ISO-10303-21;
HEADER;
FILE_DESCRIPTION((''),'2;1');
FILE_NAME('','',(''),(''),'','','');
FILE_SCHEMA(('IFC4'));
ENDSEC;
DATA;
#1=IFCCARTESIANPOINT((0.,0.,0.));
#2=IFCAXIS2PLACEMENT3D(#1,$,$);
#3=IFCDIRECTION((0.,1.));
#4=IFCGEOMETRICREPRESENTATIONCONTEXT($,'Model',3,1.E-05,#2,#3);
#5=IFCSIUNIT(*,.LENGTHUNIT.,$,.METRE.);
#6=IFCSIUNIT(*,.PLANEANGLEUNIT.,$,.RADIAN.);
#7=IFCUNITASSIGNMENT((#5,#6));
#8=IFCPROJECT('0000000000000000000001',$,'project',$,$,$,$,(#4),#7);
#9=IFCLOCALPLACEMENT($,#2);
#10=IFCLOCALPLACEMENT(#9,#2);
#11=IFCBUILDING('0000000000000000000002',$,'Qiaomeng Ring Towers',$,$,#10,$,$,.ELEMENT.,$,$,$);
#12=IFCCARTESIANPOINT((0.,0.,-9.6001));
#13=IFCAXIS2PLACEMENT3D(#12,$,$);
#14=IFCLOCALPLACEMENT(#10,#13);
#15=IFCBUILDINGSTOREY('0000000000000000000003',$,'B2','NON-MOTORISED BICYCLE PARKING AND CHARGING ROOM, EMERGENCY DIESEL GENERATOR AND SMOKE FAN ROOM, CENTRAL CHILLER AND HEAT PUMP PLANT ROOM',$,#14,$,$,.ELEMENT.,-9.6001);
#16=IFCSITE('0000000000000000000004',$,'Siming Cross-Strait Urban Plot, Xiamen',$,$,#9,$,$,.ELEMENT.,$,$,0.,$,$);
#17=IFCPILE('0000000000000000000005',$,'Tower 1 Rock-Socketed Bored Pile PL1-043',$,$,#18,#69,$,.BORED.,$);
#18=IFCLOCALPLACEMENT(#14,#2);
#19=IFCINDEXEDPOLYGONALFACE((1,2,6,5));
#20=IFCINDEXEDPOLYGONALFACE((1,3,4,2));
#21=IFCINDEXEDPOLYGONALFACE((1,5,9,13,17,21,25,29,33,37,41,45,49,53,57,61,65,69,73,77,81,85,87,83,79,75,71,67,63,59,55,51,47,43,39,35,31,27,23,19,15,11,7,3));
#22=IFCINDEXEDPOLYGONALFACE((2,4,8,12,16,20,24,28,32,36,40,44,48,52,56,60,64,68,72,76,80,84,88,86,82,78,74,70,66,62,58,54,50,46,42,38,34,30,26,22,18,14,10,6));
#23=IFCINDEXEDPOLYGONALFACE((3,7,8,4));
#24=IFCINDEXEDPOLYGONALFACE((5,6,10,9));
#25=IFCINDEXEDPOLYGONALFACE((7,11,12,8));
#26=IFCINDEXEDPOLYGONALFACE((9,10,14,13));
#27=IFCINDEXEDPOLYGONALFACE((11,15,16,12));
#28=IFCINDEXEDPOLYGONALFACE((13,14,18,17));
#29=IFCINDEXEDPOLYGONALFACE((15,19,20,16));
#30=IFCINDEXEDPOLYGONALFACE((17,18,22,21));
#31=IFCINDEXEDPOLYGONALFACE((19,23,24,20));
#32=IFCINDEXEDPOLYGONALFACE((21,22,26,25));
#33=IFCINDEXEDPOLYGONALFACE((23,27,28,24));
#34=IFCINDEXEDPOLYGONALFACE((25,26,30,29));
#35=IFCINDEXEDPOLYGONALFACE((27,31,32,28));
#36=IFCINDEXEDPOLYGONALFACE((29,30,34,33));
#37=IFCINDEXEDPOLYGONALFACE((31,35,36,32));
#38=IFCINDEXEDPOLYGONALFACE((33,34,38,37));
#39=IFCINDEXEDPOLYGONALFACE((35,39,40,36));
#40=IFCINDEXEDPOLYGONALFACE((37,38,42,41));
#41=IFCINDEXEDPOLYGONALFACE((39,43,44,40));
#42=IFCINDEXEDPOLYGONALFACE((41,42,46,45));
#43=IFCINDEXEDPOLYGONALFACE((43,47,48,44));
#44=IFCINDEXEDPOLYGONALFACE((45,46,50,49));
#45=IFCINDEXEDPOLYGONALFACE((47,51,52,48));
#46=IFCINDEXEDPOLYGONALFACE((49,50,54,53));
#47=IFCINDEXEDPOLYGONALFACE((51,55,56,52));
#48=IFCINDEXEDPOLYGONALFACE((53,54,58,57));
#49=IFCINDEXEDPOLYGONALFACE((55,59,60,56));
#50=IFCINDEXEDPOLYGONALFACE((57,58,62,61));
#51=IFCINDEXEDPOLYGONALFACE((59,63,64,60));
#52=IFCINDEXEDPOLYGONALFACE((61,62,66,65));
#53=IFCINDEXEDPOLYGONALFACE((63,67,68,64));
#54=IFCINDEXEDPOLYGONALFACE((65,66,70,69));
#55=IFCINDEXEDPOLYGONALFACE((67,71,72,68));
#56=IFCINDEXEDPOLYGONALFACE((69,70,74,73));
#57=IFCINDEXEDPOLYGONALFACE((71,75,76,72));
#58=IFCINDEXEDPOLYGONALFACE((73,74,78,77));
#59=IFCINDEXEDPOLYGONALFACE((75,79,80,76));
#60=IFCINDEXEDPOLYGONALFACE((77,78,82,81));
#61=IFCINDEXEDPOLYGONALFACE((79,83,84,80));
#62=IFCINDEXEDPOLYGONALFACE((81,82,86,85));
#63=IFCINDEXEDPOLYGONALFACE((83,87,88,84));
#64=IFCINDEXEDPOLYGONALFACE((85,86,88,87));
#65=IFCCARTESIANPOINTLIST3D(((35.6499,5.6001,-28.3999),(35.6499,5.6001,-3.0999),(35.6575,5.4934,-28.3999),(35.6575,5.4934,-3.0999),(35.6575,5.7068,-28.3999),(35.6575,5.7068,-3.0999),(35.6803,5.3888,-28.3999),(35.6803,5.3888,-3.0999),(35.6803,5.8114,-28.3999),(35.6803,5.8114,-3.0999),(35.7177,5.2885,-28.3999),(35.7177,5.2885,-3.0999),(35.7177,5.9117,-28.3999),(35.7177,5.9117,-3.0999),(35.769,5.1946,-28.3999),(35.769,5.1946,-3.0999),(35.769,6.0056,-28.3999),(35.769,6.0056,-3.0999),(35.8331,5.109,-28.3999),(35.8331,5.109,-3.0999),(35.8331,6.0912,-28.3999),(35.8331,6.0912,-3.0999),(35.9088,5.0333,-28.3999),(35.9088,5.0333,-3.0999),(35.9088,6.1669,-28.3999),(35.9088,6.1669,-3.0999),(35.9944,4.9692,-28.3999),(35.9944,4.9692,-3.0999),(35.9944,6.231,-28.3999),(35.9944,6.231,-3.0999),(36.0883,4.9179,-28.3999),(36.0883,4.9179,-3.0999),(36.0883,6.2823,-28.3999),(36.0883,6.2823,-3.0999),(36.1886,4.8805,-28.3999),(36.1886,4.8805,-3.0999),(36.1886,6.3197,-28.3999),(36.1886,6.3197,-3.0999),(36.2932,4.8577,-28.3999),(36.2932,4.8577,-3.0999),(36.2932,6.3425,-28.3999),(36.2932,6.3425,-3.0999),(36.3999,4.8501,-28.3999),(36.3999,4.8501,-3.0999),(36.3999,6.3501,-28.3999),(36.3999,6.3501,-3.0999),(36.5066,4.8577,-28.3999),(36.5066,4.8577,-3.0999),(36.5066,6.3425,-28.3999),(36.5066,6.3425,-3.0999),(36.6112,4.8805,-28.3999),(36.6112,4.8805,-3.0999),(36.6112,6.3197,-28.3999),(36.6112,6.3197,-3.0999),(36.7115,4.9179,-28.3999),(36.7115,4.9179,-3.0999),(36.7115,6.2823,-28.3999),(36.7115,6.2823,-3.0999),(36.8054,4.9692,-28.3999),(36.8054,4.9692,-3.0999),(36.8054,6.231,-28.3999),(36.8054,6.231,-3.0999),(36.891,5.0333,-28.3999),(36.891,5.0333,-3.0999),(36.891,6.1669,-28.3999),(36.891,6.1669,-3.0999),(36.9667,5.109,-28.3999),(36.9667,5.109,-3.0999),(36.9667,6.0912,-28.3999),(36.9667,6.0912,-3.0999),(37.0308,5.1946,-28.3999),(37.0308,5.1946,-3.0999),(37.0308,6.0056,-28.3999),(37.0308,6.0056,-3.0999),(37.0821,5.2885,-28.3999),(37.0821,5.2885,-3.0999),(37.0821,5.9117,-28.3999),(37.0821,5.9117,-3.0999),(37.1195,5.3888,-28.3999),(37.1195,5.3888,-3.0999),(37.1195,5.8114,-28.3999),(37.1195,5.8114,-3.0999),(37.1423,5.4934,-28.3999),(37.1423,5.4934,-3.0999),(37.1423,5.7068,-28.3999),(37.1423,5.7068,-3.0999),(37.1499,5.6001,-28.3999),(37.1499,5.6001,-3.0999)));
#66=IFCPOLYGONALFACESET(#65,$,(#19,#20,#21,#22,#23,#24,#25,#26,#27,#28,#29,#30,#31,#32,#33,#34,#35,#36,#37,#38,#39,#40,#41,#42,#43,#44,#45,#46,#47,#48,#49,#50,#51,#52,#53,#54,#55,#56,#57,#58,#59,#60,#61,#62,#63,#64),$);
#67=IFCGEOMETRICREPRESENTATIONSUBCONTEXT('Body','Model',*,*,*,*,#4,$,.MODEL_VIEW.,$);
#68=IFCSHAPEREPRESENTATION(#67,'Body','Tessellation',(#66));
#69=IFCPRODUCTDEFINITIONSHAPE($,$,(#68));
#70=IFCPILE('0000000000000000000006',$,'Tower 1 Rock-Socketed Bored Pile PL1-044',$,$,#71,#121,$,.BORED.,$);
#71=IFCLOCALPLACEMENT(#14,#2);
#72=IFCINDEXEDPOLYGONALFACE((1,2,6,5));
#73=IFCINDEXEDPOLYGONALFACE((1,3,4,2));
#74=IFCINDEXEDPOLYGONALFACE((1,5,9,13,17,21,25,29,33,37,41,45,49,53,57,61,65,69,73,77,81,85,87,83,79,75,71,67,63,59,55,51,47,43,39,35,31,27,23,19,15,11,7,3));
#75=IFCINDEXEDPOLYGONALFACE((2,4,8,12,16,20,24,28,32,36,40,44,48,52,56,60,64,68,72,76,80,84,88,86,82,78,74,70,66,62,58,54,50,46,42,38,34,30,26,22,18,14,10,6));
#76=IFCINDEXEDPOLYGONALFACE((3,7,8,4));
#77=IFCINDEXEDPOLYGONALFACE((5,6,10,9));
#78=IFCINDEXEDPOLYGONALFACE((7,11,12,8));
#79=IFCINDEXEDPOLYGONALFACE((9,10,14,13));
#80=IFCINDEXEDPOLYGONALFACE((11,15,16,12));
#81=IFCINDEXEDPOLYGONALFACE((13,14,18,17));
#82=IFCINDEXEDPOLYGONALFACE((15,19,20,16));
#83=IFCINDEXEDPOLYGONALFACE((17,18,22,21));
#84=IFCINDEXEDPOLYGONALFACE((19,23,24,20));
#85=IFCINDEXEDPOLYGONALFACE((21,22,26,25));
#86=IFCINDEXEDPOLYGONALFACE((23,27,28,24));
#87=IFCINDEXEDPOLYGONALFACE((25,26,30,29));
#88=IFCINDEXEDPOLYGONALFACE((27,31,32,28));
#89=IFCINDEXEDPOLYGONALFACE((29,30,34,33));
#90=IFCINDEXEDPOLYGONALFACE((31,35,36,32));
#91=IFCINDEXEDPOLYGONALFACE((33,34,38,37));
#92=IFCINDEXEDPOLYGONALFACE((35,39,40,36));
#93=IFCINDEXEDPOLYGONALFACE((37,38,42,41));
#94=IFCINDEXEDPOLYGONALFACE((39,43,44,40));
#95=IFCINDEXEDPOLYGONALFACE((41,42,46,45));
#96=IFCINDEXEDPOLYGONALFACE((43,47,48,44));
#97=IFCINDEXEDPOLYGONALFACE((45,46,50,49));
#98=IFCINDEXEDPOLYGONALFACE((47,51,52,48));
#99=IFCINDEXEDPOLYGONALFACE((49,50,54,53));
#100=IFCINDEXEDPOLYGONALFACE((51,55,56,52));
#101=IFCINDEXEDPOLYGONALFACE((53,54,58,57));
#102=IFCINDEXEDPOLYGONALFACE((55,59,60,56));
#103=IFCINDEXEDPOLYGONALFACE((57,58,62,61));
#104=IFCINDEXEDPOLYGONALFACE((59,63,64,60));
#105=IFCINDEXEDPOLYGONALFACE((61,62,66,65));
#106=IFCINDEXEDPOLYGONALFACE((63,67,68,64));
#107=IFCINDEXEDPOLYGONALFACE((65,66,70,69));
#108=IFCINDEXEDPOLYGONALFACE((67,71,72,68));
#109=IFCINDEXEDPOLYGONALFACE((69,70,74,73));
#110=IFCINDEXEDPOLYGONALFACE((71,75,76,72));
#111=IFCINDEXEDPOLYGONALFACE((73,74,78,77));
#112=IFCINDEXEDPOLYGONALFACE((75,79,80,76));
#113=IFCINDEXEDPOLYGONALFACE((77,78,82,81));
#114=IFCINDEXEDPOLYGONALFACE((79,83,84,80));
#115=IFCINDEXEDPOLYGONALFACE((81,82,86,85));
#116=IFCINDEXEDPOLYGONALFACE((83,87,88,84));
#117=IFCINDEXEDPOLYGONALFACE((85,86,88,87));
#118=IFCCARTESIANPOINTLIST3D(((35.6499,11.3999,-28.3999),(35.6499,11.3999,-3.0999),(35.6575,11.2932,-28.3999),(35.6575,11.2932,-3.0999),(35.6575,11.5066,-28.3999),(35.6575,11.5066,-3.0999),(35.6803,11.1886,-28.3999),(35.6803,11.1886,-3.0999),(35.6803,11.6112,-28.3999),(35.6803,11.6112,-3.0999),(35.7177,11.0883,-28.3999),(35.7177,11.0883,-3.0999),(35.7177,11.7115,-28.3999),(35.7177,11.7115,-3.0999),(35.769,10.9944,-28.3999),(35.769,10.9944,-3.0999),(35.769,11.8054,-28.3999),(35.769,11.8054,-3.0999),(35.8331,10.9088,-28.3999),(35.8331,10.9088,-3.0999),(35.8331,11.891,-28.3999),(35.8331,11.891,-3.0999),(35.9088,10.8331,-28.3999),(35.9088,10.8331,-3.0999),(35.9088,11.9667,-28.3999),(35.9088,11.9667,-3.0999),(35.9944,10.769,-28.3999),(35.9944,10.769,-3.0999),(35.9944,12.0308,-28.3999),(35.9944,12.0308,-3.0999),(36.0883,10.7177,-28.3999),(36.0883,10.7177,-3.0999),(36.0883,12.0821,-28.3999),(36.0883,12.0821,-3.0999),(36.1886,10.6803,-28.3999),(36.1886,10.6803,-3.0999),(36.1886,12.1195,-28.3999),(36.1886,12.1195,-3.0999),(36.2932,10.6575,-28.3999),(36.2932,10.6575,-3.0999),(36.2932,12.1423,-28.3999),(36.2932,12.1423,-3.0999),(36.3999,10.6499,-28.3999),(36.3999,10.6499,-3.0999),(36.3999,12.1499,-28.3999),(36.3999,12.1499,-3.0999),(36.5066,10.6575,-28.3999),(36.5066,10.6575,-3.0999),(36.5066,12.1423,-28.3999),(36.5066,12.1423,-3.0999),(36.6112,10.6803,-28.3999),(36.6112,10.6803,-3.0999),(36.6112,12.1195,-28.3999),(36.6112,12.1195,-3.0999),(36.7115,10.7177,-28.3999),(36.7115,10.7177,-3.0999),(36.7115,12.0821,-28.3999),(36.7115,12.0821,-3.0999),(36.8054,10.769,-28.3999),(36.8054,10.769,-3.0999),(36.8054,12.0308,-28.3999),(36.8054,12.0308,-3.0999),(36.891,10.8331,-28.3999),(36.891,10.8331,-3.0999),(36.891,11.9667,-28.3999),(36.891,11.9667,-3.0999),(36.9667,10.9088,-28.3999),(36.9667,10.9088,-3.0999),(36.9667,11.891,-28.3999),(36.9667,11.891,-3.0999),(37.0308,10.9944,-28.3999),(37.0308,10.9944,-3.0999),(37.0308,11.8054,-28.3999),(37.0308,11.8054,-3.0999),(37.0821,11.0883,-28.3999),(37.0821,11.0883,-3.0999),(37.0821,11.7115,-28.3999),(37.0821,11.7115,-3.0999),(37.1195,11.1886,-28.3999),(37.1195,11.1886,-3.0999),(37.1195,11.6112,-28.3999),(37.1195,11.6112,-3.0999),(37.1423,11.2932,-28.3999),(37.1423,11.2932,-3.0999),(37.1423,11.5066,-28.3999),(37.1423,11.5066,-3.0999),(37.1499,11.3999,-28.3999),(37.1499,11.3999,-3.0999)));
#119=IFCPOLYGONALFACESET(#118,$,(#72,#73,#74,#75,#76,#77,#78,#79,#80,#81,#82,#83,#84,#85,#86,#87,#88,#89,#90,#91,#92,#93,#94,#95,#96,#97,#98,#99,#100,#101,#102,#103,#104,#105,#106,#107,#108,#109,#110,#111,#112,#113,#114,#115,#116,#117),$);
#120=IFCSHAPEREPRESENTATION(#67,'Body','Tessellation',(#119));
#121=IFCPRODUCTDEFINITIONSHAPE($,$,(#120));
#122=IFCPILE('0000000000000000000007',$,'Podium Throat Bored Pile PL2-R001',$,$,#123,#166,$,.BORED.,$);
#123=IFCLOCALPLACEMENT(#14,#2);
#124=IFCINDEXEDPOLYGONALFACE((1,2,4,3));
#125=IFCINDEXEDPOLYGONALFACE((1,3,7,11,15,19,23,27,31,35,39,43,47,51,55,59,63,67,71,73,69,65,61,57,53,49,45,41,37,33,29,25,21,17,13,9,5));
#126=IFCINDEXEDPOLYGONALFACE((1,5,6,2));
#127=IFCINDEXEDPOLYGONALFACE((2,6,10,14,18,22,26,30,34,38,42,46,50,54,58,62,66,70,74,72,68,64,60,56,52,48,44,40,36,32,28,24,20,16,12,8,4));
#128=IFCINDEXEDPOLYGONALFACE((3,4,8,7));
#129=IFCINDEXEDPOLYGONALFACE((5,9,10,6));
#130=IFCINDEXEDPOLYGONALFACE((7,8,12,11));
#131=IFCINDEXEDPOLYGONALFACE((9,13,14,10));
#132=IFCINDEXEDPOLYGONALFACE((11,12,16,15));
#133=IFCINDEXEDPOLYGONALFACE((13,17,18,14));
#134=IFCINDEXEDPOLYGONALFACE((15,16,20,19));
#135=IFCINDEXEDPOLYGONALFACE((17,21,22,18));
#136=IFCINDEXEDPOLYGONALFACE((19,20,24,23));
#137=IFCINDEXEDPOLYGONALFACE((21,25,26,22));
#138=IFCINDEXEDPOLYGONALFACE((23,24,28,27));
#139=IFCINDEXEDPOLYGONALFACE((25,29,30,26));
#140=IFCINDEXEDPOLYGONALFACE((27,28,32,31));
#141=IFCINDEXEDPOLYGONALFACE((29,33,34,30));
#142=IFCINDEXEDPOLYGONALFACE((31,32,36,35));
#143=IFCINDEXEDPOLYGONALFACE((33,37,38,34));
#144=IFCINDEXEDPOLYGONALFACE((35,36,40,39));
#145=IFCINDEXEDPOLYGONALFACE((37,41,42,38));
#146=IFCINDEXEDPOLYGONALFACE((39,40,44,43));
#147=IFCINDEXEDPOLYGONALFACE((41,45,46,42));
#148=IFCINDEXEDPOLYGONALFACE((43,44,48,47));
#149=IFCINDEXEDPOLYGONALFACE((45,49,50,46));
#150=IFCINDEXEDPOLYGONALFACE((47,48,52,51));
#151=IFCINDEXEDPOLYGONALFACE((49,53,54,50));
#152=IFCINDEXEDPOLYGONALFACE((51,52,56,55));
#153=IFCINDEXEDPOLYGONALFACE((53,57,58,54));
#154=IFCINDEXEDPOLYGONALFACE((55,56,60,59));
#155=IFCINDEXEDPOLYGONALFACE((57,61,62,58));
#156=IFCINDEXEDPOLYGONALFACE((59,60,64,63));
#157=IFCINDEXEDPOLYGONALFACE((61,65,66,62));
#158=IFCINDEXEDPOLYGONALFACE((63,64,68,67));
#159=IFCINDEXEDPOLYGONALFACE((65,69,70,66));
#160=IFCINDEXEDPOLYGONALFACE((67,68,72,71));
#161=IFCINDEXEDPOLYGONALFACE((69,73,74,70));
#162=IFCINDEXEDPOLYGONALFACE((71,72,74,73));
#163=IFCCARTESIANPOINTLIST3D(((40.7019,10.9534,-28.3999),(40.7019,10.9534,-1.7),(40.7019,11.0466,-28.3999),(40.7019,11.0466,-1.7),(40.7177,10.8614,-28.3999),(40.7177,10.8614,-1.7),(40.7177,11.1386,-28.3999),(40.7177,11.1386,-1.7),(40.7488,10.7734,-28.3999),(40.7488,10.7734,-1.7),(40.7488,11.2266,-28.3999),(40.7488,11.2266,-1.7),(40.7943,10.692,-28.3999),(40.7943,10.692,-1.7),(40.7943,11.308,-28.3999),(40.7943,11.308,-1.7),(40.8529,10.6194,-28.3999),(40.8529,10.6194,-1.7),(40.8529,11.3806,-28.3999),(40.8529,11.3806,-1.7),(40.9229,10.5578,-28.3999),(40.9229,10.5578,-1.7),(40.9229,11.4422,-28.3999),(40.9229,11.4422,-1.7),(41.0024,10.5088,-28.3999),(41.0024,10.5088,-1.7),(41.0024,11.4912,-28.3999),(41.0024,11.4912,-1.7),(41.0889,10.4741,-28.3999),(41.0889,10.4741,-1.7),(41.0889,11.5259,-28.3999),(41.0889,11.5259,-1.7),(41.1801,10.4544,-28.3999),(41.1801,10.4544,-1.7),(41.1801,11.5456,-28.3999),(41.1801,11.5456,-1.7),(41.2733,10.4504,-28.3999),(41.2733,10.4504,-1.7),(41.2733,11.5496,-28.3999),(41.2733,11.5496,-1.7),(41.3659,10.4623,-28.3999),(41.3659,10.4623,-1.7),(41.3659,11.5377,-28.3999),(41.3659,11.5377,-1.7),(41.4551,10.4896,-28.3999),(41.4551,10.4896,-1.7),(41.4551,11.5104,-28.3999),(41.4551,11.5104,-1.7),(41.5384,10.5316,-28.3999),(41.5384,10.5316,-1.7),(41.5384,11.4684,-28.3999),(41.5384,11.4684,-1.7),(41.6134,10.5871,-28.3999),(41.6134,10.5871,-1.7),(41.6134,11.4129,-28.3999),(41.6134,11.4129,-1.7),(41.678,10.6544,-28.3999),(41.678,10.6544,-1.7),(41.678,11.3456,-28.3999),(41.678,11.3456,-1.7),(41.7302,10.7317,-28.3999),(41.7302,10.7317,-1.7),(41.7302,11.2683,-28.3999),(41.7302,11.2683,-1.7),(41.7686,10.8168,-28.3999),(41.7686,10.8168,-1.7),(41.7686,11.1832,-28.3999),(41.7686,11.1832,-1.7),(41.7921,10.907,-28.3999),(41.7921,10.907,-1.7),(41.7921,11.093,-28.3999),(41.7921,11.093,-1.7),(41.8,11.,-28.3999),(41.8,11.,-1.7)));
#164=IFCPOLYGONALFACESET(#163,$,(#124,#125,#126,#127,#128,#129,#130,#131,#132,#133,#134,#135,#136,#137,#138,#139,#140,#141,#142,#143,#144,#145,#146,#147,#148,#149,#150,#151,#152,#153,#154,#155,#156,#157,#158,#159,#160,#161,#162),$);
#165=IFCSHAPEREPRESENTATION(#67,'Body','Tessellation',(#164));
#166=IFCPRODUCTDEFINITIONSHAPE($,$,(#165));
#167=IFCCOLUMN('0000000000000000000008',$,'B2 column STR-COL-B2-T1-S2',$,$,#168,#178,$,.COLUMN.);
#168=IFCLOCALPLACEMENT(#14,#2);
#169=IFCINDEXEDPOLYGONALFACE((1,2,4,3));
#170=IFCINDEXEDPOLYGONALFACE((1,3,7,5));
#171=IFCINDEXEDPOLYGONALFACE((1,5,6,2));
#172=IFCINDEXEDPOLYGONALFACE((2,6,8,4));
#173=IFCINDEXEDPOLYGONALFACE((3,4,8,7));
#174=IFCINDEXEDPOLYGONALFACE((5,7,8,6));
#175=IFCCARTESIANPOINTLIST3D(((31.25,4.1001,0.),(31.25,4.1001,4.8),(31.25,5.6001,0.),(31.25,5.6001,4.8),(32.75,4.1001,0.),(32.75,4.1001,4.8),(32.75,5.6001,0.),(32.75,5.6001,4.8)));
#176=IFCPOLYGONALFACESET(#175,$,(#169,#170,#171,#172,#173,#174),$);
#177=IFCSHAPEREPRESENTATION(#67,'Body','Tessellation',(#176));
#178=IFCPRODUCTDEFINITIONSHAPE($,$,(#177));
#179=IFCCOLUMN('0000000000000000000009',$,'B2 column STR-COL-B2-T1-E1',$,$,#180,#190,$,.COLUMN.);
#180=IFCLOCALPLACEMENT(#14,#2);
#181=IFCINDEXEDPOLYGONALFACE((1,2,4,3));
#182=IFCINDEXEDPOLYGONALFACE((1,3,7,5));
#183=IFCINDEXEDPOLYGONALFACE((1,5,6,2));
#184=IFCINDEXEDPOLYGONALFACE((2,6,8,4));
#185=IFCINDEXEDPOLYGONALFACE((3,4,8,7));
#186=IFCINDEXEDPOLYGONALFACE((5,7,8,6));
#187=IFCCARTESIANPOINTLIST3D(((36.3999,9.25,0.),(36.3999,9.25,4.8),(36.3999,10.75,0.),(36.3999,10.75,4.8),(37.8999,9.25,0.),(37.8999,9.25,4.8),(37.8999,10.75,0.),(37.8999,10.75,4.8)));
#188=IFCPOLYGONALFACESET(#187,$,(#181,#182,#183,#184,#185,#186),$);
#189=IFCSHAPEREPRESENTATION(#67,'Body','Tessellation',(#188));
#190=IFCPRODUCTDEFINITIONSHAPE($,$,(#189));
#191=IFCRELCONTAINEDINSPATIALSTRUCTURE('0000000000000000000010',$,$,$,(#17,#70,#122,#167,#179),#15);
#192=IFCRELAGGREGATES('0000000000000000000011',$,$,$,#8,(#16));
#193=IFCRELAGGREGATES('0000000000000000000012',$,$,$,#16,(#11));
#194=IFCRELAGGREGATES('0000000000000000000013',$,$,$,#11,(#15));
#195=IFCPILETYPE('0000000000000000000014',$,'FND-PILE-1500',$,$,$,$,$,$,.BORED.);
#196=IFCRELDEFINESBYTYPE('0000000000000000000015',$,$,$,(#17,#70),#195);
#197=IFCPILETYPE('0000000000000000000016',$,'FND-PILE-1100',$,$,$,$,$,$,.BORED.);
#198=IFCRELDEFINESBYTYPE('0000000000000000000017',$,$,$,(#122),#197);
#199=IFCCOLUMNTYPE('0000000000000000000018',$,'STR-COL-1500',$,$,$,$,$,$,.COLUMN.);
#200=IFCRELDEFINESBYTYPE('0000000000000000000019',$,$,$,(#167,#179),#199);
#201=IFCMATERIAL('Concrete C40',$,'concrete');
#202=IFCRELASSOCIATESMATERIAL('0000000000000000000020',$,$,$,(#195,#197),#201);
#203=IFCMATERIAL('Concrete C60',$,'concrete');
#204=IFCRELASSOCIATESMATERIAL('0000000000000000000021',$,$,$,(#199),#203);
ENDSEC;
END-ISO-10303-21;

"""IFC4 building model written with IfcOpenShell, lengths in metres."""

from ifc_helpers import new_model, si_unit, direction, frame, origin, origin_2d, place, context, subcontext, project, spatial, rectangle, circle, extrude, source, transform, mapped, material, material_profile, profile_set, type_object, element, save


model = new_model("IFC4")

# Units and contexts
model_context = context("Model", 3, precision=1e-05, world=origin(), true_north=direction((0.0, 1.0)))
body_context = subcontext(model_context, "Body", "Model", "MODEL_VIEW")
ifc_project = project(units=[si_unit("LENGTHUNIT", "METRE"), si_unit("PLANEANGLEUNIT", "RADIAN")], contexts=[model_context])

# Site, building, storey
site_placement = place(None, origin())
site = spatial("IfcSite", under=ifc_project, at=site_placement, Name="Siming Cross-Strait Urban Plot, Xiamen", CompositionType="ELEMENT", RefElevation=0.0)
building_placement = place(site_placement, origin())
building = spatial("IfcBuilding", under=site, at=building_placement, Name="Qiaomeng Ring Towers", CompositionType="ELEMENT")
storey_placement = place(building_placement, frame((0.0, 0.0, -9.6001)))
storey = spatial("IfcBuildingStorey", under=building, at=storey_placement, Name="B2", Description="NON-MOTORISED BICYCLE PARKING AND CHARGING ROOM, EMERGENCY DIESEL GENERATOR AND SMOKE FAN ROOM, CENTRAL CHILLER AND HEAT PUMP PLANT ROOM", CompositionType="ELEMENT", Elevation=-9.6001)

# Piles
ifc_material_1 = material(Name="Concrete C40", Category="concrete")
ifc_material_profile_1 = material_profile(ifc_material_1, circle(Radius=0.75, at=origin_2d()), Name="BORED PILE 1500")
ifc_profile_set_1 = profile_set([ifc_material_profile_1], Name="Concrete C40")
pile_type_1 = type_object("IfcPileType", Name="FND-PILE-1500", PredefinedType="BORED", material=ifc_profile_set_1)
shared_shape_1 = source(origin(), body_context, "Body", "SweptSolid", [
    extrude(circle(Radius=0.75, at=origin_2d()), origin(), (0.0, 0.0, 1.0), 25.3),
])
for number, where, z_axis, x_axis, name in (
    (1, (36.3999, 5.6001, -3.0999), (0.0, 0.0, -1.0), (1.0, 0.0, 0.0), "Tower 1 Rock-Socketed Bored Pile PL1-043"),
    (2, (36.3999, 11.3999, -3.0999), (0.0, 0.0, -1.0), (1.0, 0.0, 0.0), "Tower 1 Rock-Socketed Bored Pile PL1-044"),
):
    element("IfcPile", number, at=place(storey_placement, frame(where, z_axis=z_axis, x_axis=x_axis)), inside=storey, type_object=pile_type_1, Name=name, PredefinedType="BORED", context=body_context, shape_type="MappedRepresentation", body=[
        mapped(shared_shape_1, transform((0.0, 0.0, 0.0), x_axis=(1.0, 0.0, 0.0), y_axis=(0.0, 1.0, 0.0), z_axis=(0.0, 0.0, 1.0), scale=1.0)),
    ])
ifc_material_profile_2 = material_profile(ifc_material_1, circle(Radius=0.55, at=origin_2d()), Name="BORED PILE 1100")
ifc_profile_set_2 = profile_set([ifc_material_profile_2], Name="Concrete C40")
pile_type_2 = type_object("IfcPileType", Name="FND-PILE-1100", PredefinedType="BORED", material=ifc_profile_set_2)
shared_shape_2 = source(origin(), body_context, "Body", "SweptSolid", [
    extrude(circle(Radius=0.55, at=origin_2d()), origin(), (0.0, 0.0, 1.0), 26.7),
])
pile_placement = place(storey_placement, frame((41.25, 11.0, -1.7), z_axis=(0.0, 0.0, -1.0), x_axis=(1.0, 0.0, 0.0)))
element("IfcPile", 3, at=pile_placement, inside=storey, type_object=pile_type_2, Name="Podium Throat Bored Pile PL2-R001", PredefinedType="BORED", context=body_context, shape_type="MappedRepresentation", body=[
    mapped(shared_shape_2, transform((0.0, 0.0, 0.0), x_axis=(1.0, 0.0, 0.0), y_axis=(0.0, 1.0, 0.0), z_axis=(0.0, 0.0, 1.0), scale=1.0)),
])

# Columns
ifc_material_2 = material(Name="Concrete C60", Category="concrete")
ifc_material_profile_3 = material_profile(ifc_material_2, rectangle(XDim=1.5, YDim=1.5, at=origin_2d()), Name="RC COL 1500x1500")
ifc_profile_set_3 = profile_set([ifc_material_profile_3], Name="Concrete C60")
column_type = type_object("IfcColumnType", Name="STR-COL-1500", PredefinedType="COLUMN", material=ifc_profile_set_3)
shared_shape_3 = source(origin(), body_context, "Body", "SweptSolid", [
    extrude(rectangle(XDim=1.5, YDim=1.5, at=origin_2d()), origin(), (0.0, 0.0, 1.0), 4.8),
])
for number, where, z_axis, x_axis, name in (
    (4, (32.0, 4.8501, 0.0), (0.0, 0.0, 1.0), (1.0, 0.0, 0.0), "B2 column STR-COL-B2-T1-S2"),
    (5, (37.1499, 10.0, 0.0), (0.0, 0.0, 1.0), (1.0, 0.0, 0.0), "B2 column STR-COL-B2-T1-E1"),
):
    element("IfcColumn", number, at=place(storey_placement, frame(where, z_axis=z_axis, x_axis=x_axis)), inside=storey, type_object=column_type, Name=name, PredefinedType="COLUMN", context=body_context, shape_type="MappedRepresentation", body=[
        mapped(shared_shape_3, transform((0.0, 0.0, 0.0), x_axis=(1.0, 0.0, 0.0), y_axis=(0.0, 1.0, 0.0), z_axis=(0.0, 0.0, 1.0), scale=1.0)),
    ])

save(model, "model.ifc")
